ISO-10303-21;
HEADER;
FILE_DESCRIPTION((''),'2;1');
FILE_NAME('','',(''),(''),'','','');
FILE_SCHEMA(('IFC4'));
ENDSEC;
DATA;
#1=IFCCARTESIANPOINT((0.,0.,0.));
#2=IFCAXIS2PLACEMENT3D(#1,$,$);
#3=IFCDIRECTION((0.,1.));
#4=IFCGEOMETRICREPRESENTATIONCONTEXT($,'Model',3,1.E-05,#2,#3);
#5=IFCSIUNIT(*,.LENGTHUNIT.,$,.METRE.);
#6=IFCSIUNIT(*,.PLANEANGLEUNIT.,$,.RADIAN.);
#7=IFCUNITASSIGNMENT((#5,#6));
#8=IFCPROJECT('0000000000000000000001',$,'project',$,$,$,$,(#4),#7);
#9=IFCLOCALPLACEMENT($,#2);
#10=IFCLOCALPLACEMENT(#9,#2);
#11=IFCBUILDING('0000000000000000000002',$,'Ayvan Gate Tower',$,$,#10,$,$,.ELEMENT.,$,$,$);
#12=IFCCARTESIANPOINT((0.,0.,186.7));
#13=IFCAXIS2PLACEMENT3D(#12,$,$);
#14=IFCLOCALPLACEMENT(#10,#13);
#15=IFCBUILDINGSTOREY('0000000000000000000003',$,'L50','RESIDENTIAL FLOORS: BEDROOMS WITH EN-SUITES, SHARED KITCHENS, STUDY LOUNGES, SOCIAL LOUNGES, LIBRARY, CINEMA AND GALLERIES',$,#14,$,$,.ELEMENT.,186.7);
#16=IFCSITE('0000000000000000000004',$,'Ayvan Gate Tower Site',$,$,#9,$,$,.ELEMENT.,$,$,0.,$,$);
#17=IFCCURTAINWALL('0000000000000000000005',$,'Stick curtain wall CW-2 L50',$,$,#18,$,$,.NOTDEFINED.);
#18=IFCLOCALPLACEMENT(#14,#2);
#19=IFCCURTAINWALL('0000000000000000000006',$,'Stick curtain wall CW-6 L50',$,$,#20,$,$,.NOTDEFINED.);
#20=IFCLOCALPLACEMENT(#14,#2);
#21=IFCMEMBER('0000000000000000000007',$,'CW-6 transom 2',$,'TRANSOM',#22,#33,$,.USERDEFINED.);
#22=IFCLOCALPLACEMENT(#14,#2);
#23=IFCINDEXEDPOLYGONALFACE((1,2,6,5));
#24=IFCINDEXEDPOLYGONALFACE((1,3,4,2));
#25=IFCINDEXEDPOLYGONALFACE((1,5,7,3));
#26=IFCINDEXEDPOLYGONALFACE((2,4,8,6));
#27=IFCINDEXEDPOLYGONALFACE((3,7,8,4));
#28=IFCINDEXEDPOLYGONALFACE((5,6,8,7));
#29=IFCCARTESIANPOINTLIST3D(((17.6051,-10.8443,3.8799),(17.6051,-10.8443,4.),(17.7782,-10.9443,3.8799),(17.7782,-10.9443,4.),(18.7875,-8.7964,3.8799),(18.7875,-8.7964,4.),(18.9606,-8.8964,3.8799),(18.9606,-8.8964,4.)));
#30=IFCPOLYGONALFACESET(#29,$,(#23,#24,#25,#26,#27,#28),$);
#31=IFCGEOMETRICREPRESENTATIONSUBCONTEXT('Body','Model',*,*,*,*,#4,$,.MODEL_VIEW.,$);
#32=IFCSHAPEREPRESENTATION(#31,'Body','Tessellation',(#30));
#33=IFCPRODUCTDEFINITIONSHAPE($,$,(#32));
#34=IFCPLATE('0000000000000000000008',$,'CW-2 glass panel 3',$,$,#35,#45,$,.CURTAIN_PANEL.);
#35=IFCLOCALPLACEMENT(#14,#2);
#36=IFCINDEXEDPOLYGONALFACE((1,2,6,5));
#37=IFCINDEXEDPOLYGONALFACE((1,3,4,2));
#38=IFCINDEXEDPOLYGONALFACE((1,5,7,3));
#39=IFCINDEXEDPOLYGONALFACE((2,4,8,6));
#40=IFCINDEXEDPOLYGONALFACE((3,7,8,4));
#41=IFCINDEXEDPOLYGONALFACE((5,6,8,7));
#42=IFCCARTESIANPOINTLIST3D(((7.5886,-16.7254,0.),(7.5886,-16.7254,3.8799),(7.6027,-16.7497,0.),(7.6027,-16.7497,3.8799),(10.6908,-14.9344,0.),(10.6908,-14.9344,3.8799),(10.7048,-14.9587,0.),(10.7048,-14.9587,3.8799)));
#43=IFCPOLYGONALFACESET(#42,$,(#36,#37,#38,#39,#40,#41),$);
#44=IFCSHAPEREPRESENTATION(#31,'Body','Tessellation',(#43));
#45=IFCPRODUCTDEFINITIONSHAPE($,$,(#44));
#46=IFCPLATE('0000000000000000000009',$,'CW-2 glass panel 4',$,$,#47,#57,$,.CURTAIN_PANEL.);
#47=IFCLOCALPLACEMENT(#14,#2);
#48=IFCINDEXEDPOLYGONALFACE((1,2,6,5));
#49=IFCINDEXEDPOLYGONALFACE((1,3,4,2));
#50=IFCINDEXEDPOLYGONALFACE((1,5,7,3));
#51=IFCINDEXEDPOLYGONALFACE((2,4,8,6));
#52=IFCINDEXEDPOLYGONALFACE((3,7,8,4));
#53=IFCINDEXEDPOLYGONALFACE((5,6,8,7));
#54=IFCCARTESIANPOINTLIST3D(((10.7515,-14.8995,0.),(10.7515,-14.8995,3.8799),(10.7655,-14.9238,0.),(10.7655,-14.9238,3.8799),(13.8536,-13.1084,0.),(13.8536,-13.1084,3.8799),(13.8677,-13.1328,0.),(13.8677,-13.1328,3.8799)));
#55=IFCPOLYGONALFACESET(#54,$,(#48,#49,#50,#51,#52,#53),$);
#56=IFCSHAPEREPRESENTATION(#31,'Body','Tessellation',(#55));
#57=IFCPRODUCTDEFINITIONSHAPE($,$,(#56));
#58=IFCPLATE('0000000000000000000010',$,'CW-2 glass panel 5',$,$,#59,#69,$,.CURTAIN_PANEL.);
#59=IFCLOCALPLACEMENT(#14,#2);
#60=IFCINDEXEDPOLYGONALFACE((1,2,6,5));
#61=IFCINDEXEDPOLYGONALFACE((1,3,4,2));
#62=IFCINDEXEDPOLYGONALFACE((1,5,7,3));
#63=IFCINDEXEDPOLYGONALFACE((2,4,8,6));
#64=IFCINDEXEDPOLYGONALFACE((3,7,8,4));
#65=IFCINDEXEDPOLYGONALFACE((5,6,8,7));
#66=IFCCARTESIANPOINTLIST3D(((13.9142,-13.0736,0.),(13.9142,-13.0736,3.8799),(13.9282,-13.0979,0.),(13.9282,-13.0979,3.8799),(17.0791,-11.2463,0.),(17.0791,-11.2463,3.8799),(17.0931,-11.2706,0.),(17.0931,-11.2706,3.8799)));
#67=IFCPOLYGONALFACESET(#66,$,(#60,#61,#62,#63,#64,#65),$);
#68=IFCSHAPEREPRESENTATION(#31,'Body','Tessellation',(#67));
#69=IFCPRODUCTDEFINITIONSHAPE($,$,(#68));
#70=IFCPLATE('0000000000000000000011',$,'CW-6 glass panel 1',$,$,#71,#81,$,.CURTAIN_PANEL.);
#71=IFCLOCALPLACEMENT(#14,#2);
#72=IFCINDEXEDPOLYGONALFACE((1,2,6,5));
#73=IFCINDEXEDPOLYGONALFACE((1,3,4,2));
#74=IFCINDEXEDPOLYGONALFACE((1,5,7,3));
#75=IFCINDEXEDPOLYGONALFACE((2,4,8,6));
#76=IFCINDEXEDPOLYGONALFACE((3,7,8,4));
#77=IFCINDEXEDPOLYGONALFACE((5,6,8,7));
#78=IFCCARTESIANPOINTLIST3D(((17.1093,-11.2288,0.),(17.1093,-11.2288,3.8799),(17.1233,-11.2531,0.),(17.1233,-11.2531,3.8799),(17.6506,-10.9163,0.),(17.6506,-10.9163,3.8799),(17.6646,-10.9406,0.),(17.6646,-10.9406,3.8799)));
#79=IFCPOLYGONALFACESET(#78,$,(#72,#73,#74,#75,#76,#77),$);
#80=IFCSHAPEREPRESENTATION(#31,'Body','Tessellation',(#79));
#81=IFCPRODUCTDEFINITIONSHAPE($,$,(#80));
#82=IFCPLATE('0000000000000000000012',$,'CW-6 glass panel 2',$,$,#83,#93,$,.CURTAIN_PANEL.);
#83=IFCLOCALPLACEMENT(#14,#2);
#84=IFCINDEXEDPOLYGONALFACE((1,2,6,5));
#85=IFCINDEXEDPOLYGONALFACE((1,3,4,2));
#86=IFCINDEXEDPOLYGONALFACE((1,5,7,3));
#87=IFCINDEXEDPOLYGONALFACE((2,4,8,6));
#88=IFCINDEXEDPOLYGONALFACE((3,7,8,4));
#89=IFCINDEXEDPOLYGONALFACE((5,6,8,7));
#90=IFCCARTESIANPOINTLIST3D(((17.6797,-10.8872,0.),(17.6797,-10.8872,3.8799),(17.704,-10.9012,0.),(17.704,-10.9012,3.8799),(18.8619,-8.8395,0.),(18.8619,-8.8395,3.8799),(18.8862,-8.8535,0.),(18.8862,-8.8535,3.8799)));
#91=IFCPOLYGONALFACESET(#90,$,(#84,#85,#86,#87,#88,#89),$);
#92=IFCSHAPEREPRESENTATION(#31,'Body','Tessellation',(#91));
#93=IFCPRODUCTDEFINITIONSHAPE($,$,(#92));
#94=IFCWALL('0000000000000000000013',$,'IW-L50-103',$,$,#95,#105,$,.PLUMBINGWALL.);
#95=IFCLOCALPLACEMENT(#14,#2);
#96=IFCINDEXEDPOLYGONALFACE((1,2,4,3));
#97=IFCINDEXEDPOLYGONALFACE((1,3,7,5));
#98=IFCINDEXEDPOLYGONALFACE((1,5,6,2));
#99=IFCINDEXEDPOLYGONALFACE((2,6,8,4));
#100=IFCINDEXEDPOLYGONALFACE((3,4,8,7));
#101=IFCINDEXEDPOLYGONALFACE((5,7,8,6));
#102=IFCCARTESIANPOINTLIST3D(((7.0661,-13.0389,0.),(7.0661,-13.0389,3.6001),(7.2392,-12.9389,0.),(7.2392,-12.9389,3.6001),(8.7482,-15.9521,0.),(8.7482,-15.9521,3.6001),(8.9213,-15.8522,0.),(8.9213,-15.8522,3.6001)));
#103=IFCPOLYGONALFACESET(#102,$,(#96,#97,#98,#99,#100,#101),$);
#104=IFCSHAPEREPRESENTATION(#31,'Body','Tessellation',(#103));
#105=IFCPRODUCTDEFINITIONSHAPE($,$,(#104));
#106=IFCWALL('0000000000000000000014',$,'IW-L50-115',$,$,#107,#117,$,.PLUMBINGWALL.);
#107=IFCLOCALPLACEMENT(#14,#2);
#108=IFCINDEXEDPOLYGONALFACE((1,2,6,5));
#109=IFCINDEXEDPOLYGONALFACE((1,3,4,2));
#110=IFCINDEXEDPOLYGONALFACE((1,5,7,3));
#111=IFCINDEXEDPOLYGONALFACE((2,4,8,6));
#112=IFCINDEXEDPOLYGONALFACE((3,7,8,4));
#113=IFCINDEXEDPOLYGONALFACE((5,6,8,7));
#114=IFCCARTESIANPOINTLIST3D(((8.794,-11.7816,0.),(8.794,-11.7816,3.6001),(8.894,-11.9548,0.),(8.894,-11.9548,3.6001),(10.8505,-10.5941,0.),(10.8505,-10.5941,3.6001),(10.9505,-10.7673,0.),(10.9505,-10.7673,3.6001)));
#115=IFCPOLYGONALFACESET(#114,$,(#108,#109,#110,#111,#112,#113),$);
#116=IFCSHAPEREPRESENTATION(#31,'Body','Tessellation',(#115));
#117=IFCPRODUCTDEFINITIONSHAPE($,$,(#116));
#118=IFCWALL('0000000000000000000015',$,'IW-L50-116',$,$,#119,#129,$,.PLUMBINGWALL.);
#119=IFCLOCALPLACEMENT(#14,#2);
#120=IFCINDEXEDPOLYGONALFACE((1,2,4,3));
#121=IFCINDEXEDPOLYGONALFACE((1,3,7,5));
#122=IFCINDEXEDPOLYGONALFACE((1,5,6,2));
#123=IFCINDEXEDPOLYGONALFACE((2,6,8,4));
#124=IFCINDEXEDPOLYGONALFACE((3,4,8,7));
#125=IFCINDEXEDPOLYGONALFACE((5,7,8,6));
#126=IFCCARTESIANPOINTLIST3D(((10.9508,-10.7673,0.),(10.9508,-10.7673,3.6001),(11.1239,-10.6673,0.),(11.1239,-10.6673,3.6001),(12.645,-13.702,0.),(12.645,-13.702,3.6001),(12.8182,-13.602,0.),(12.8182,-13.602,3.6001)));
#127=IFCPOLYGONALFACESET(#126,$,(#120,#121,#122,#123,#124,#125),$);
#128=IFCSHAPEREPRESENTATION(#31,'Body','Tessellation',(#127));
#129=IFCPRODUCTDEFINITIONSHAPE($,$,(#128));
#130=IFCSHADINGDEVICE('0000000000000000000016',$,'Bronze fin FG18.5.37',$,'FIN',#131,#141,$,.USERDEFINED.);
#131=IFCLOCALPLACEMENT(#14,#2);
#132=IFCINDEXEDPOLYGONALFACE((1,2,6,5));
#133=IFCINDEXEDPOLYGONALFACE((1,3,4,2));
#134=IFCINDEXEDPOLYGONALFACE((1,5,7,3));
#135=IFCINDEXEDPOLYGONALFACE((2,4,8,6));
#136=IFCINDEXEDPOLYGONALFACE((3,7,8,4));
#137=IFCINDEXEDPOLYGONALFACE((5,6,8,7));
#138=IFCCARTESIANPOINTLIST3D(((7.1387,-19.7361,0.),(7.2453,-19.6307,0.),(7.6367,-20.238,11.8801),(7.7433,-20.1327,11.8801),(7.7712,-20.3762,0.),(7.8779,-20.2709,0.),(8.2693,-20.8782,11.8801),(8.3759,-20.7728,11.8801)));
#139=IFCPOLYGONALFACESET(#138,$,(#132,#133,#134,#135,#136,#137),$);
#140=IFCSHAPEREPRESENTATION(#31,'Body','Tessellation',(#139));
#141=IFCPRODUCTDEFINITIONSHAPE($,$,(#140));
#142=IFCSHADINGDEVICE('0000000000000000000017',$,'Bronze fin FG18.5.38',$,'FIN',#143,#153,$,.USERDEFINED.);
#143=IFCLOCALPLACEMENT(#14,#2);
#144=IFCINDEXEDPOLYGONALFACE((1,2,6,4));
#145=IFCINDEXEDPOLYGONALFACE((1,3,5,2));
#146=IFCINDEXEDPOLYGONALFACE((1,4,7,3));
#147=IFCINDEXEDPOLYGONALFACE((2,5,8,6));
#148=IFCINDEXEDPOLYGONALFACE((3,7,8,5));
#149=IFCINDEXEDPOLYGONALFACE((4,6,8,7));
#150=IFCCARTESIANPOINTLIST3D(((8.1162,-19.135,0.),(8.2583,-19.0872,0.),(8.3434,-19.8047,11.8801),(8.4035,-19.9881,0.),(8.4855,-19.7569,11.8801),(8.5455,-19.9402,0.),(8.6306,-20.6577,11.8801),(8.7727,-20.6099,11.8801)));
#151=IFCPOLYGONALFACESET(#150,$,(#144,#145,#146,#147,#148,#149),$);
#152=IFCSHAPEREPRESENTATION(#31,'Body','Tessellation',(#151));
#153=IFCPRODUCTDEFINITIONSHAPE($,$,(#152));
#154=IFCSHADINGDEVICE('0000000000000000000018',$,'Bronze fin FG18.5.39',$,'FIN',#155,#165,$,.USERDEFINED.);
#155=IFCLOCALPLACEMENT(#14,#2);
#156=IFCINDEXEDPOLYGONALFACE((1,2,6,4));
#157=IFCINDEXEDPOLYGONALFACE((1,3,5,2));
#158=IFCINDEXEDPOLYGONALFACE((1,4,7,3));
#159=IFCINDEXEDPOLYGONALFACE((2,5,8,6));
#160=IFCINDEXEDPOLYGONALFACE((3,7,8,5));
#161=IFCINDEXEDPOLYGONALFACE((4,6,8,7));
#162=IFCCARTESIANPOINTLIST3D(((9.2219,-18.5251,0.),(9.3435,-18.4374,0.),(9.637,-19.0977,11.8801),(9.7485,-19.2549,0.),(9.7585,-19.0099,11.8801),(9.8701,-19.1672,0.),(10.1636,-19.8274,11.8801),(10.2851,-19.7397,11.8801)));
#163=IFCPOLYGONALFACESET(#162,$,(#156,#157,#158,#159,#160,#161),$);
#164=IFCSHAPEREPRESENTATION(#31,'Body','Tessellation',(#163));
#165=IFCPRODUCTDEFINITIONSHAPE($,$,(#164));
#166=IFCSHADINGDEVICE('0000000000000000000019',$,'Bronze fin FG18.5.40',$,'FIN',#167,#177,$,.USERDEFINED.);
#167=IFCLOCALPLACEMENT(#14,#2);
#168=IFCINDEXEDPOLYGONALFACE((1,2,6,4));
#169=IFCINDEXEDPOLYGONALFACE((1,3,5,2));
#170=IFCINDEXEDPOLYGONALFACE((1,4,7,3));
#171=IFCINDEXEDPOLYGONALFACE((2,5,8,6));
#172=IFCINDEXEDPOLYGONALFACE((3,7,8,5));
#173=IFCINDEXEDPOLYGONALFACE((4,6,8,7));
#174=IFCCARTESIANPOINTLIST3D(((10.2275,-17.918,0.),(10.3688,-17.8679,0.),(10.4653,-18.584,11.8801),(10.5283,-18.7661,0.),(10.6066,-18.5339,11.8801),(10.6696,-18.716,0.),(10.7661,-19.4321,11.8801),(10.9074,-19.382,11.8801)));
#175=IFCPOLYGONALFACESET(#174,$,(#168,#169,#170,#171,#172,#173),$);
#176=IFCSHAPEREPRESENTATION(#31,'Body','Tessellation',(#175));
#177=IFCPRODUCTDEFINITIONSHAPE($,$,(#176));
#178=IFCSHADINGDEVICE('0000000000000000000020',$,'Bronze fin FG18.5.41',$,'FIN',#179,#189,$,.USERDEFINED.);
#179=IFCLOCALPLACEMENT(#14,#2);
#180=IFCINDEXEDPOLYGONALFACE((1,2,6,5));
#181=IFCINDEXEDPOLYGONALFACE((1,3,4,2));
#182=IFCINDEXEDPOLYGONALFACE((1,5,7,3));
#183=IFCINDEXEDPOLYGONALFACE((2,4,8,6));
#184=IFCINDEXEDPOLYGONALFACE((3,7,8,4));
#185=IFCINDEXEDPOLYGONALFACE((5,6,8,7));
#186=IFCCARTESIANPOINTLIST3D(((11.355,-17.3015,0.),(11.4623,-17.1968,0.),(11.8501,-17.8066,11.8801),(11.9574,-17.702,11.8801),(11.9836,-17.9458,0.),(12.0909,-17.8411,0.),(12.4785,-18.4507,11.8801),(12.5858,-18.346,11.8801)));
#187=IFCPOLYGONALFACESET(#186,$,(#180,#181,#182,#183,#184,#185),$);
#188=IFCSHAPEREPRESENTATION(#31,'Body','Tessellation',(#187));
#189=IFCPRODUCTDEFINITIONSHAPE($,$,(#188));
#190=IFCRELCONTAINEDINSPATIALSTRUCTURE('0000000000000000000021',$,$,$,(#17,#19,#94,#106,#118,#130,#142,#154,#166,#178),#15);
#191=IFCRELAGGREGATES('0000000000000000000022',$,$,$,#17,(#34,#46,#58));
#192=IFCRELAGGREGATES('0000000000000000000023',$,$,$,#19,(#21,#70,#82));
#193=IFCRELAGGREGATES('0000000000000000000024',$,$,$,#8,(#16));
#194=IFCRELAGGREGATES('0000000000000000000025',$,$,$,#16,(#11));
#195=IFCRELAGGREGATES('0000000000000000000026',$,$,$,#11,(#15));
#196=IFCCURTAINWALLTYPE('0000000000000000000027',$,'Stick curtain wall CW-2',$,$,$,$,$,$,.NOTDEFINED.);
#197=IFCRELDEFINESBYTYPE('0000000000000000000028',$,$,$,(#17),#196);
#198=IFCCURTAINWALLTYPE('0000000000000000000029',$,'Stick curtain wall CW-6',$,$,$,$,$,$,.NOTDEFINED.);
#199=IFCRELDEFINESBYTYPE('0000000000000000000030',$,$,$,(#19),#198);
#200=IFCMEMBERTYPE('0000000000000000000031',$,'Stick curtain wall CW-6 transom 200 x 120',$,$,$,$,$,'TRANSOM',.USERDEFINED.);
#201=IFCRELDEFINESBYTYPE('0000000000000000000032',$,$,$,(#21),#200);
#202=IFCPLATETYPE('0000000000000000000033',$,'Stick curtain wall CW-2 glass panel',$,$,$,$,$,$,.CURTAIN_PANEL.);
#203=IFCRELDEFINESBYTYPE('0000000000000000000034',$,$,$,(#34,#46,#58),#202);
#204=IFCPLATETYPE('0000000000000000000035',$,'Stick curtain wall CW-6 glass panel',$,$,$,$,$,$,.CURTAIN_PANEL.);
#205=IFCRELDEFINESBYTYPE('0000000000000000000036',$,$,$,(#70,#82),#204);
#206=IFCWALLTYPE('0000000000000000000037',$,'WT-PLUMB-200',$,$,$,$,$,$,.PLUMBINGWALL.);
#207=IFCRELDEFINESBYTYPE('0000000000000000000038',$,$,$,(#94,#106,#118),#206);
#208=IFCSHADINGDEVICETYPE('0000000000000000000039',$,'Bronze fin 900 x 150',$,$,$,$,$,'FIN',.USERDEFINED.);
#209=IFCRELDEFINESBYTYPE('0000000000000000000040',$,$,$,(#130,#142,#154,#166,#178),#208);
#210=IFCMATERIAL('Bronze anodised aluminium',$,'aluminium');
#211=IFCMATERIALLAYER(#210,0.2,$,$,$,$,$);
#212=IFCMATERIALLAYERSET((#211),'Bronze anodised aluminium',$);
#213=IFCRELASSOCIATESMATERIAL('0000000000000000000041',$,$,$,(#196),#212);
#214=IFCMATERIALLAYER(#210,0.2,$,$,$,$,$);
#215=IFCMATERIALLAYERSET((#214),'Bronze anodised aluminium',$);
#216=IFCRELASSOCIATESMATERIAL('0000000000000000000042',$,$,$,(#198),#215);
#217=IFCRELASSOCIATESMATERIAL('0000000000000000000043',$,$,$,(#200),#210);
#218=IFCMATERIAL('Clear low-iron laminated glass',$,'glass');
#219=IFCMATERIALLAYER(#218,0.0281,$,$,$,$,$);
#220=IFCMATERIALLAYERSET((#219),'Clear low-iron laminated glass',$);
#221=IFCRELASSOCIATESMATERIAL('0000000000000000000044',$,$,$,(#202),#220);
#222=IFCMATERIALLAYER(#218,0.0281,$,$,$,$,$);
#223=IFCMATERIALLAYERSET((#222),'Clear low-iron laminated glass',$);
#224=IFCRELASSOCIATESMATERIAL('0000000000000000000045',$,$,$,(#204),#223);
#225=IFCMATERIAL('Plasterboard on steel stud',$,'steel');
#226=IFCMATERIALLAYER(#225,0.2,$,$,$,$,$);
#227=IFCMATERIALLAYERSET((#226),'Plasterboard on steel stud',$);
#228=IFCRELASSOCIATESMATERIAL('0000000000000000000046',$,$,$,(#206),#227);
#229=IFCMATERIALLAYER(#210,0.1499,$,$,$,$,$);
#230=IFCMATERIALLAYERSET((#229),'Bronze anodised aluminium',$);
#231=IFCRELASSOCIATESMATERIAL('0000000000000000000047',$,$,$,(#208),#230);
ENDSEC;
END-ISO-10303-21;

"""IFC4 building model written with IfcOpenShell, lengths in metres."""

from ifc_helpers import new_model, si_unit, direction, frame, frame_2d, origin, origin_2d, place, context, subcontext, project, spatial, polyline, rectangle, outline, extrude, material, layer, layer_set, material_profile, profile_set, type_object, element, aggregate, save


model = new_model("IFC4")

# Units and contexts
model_context = context("Model", 3, precision=1e-05, world=origin(), true_north=direction((0.0, 1.0)))
body_context = subcontext(model_context, "Body", "Model", "MODEL_VIEW")
ifc_project = project(units=[si_unit("LENGTHUNIT", "METRE"), si_unit("PLANEANGLEUNIT", "RADIAN")], contexts=[model_context])

# Site, building, storey
site_placement = place(None, origin())
site = spatial("IfcSite", under=ifc_project, at=site_placement, Name="Ayvan Gate Tower Site", CompositionType="ELEMENT", RefElevation=0.0)
building_placement = place(site_placement, origin())
building = spatial("IfcBuilding", under=site, at=building_placement, Name="Ayvan Gate Tower", CompositionType="ELEMENT")
storey_placement = place(building_placement, frame((0.0, 0.0, 186.7)))
storey = spatial("IfcBuildingStorey", under=building, at=storey_placement, Name="L50", Description="RESIDENTIAL FLOORS: BEDROOMS WITH EN-SUITES, SHARED KITCHENS, STUDY LOUNGES, SOCIAL LOUNGES, LIBRARY, CINEMA AND GALLERIES", CompositionType="ELEMENT", Elevation=186.7)

# Curtain walls, member
ifc_material_1 = material(Name="Bronze anodised aluminium", Category="aluminium")
ifc_layer_1 = layer(ifc_material_1, 0.2)
ifc_layer_set_1 = layer_set([ifc_layer_1], Name="Bronze anodised aluminium")
curtain_wall_type_1 = type_object("IfcCurtainWallType", Name="Stick curtain wall CW-2", PredefinedType="NOTDEFINED", material=ifc_layer_set_1)
curtain_wall_1_placement = place(storey_placement, origin())
curtain_wall_1 = element("IfcCurtainWall", 1, at=curtain_wall_1_placement, inside=storey, type_object=curtain_wall_type_1, Name="Stick curtain wall CW-2 L50", PredefinedType="NOTDEFINED")
ifc_layer_2 = layer(ifc_material_1, 0.2)
ifc_layer_set_2 = layer_set([ifc_layer_2], Name="Bronze anodised aluminium")
curtain_wall_type_2 = type_object("IfcCurtainWallType", Name="Stick curtain wall CW-6", PredefinedType="NOTDEFINED", material=ifc_layer_set_2)
curtain_wall_2_placement = place(storey_placement, origin())
curtain_wall_2 = element("IfcCurtainWall", 2, at=curtain_wall_2_placement, inside=storey, type_object=curtain_wall_type_2, Name="Stick curtain wall CW-6 L50", PredefinedType="NOTDEFINED")
ifc_material_profile_1 = material_profile(ifc_material_1, rectangle(XDim=0.2, YDim=0.1201, at=origin_2d()), Name="Stick curtain wall CW-6 transom 200 x 120")
ifc_profile_set_1 = profile_set([ifc_material_profile_1], Name="Bronze anodised aluminium")
member_type_1 = type_object("IfcMemberType", Name="Stick curtain wall CW-6 transom 200 x 120", ElementType="TRANSOM", PredefinedType="USERDEFINED", material=ifc_profile_set_1)
member_1_placement = place(storey_placement, frame((17.6917, -10.8943, 3.9399), z_axis=(0.500014, 0.866017, 0.0), x_axis=(-0.866017, 0.500014, 0.0)))
member_1 = element("IfcMember", 3, at=member_1_placement, type_object=member_type_1, Name="CW-6 transom 2", ObjectType="TRANSOM", PredefinedType="USERDEFINED", context=body_context, shape_type="SweptSolid", body=[
    extrude(rectangle(XDim=0.2, YDim=0.1201, at=origin_2d()), origin(), (0.0, 0.0, 1.0), 2.3647),
])

# Plates
ifc_material_2 = material(Name="Clear low-iron laminated glass", Category="glass")
ifc_layer_3 = layer(ifc_material_2, 0.0281)
ifc_layer_set_3 = layer_set([ifc_layer_3], Name="Clear low-iron laminated glass")
plate_type_1 = type_object("IfcPlateType", Name="Stick curtain wall CW-2 glass panel", PredefinedType="CURTAIN_PANEL", material=ifc_layer_set_3)
plate_1_placement = place(storey_placement, frame((9.1467, -15.842, 0.0), z_axis=(0.0, 0.0, 1.0), x_axis=(0.866025, 0.5, 0.0)))
plate_1 = element("IfcPlate", 4, at=plate_1_placement, type_object=plate_type_1, Name="CW-2 glass panel 3", PredefinedType="CURTAIN_PANEL", context=body_context, shape_type="SweptSolid", body=[
    extrude(rectangle(XDim=3.582, YDim=0.0281, at=origin_2d()), origin(), (0.0, 0.0, 1.0), 3.8799),
])
plate_2_placement = place(storey_placement, frame((12.3096, -14.0161, 0.0), z_axis=(0.0, 0.0, 1.0), x_axis=(0.866025, 0.5, 0.0)))
plate_2 = element("IfcPlate", 5, at=plate_2_placement, type_object=plate_type_1, Name="CW-2 glass panel 4", PredefinedType="CURTAIN_PANEL", context=body_context, shape_type="SweptSolid", body=[
    extrude(rectangle(XDim=3.582, YDim=0.0281, at=origin_2d()), origin(), (0.0, 0.0, 1.0), 3.8799),
])
plate_3_placement = place(storey_placement, frame((15.5037, -12.1721, 0.0), z_axis=(0.0, 0.0, 1.0), x_axis=(0.866025, 0.5, 0.0)))
plate_3 = element("IfcPlate", 6, at=plate_3_placement, type_object=plate_type_1, Name="CW-2 glass panel 5", PredefinedType="CURTAIN_PANEL", context=body_context, shape_type="SweptSolid", body=[
    extrude(rectangle(XDim=3.6545, YDim=0.0281, at=origin_2d()), origin(), (0.0, 0.0, 1.0), 3.8799),
])
aggregate(curtain_wall_1, [plate_1, plate_2, plate_3])
ifc_layer_4 = layer(ifc_material_2, 0.0281)
ifc_layer_set_4 = layer_set([ifc_layer_4], Name="Clear low-iron laminated glass")
plate_type_2 = type_object("IfcPlateType", Name="Stick curtain wall CW-6 glass panel", PredefinedType="CURTAIN_PANEL", material=ifc_layer_set_4)
plate_4_placement = place(storey_placement, frame((17.387, -11.0847, 0.0), z_axis=(0.0, 0.0, 1.0), x_axis=(0.866025, 0.5, 0.0)))
plate_4 = element("IfcPlate", 7, at=plate_4_placement, type_object=plate_type_2, Name="CW-6 glass panel 1", PredefinedType="CURTAIN_PANEL", context=body_context, shape_type="SweptSolid", body=[
    extrude(rectangle(XDim=0.625, YDim=0.0281, at=origin_2d()), origin(), (0.0, 0.0, 1.0), 3.8799),
])
plate_5_placement = place(storey_placement, frame((18.283, -9.8704, 0.0), z_axis=(0.0, 0.0, 1.0), x_axis=(0.5, 0.866025, 0.0)))
plate_5 = element("IfcPlate", 8, at=plate_5_placement, type_object=plate_type_2, Name="CW-6 glass panel 2", PredefinedType="CURTAIN_PANEL", context=body_context, shape_type="SweptSolid", body=[
    extrude(rectangle(XDim=2.3645, YDim=0.0281, at=origin_2d()), origin(), (0.0, 0.0, 1.0), 3.8799),
])
aggregate(curtain_wall_2, [member_1, plate_4, plate_5])

# Walls
ifc_material_3 = material(Name="Plasterboard on steel stud", Category="steel")
ifc_layer_5 = layer(ifc_material_3, 0.2)
ifc_layer_set_5 = layer_set([ifc_layer_5], Name="Plasterboard on steel stud")
wall_type = type_object("IfcWallType", Name="WT-PLUMB-200", PredefinedType="PLUMBINGWALL", material=ifc_layer_set_5)
wall_1_placement = place(storey_placement, frame((7.1526, -12.9888, 0.0), z_axis=(0.0, 0.0, 1.0), x_axis=(0.500026, -0.86601, 0.0)))
element("IfcWall", 9, at=wall_1_placement, inside=storey, type_object=wall_type, Name="IW-L50-103", PredefinedType="PLUMBINGWALL", context=body_context, shape_type="SweptSolid", body=[
    extrude(rectangle(XDim=3.364, YDim=0.2, at=frame_2d((1.6821, 0.0))), origin(), (0.0, 0.0, 1.0), 3.6001),
])
wall_2_placement = place(storey_placement, frame((10.9006, -10.6807, 0.0), z_axis=(0.0, 0.0, 1.0), x_axis=(-0.866008, -0.500031, 0.0)))
element("IfcWall", 10, at=wall_2_placement, inside=storey, type_object=wall_type, Name="IW-L50-115", PredefinedType="PLUMBINGWALL", context=body_context, shape_type="SweptSolid", body=[
    extrude(rectangle(XDim=2.3748, YDim=0.2, at=frame_2d((1.1875, 0.0))), origin(), (0.0, 0.0, 1.0), 3.6001),
])
wall_3_placement = place(storey_placement, frame((11.0374, -10.7173, 0.0), z_axis=(0.0, 0.0, 1.0), x_axis=(0.499982, -0.866036, 0.0)))
element("IfcWall", 11, at=wall_3_placement, inside=storey, type_object=wall_type, Name="IW-L50-116", PredefinedType="PLUMBINGWALL", context=body_context, shape_type="SweptSolid", body=[
    extrude(rectangle(XDim=3.3887, YDim=0.2, at=frame_2d((1.6943, 0.0))), origin(), (0.0, 0.0, 1.0), 3.6001),
])

# Shading devices
ifc_layer_6 = layer(ifc_material_1, 0.1499)
ifc_layer_set_6 = layer_set([ifc_layer_6], Name="Bronze anodised aluminium")
shading_device_type = type_object("IfcShadingDeviceType", Name="Bronze fin 900 x 150", ElementType="FIN", PredefinedType="USERDEFINED", material=ifc_layer_set_6)
shading_device_1_placement = place(storey_placement, frame((7.1387, -19.7361, 0.0), z_axis=(-0.711299, -0.702889, 0.000121), x_axis=(0.702889, -0.711299, 0.0)))
element("IfcShadingDevice", 12, at=shading_device_1_placement, inside=storey, type_object=shading_device_type, Name="Bronze fin FG18.5.37", ObjectType="FIN", PredefinedType="USERDEFINED", context=body_context, shape_type="SweptSolid", body=[
    extrude(outline(polyline([(0.0, 0.0), (0.9, 0.0), (1.6071, 11.8801), (0.7071, 11.8801), (0.0, 0.0)])), origin(), (0.0, 0.0, -1.0), 0.1499),
])
shading_device_2_placement = place(storey_placement, frame((8.1162, -19.135, 0.0), z_axis=(-0.947716, -0.319115, 0.000134), x_axis=(0.319115, -0.947716, 0.0)))
element("IfcShadingDevice", 13, at=shading_device_2_placement, inside=storey, type_object=shading_device_type, Name="Bronze fin FG18.5.38", ObjectType="FIN", PredefinedType="USERDEFINED", context=body_context, shape_type="SweptSolid", body=[
    extrude(outline(polyline([(0.0, 0.0), (0.9001, 0.0), (1.6072, 11.8801), (0.7072, 11.8801), (0.0, 0.0)])), origin(), (0.0, 0.0, -1.0), 0.1499),
])
shading_device_3_placement = place(storey_placement, frame((9.2219, -18.5251, 0.0), z_axis=(-0.810901, -0.585183, 0.000129), x_axis=(0.585183, -0.810901, 0.0)))
element("IfcShadingDevice", 14, at=shading_device_3_placement, inside=storey, type_object=shading_device_type, Name="Bronze fin FG18.5.39", ObjectType="FIN", PredefinedType="USERDEFINED", context=body_context, shape_type="SweptSolid", body=[
    extrude(outline(polyline([(0.0, 0.0), (0.8999, 0.0), (1.607, 11.8801), (0.7071, 11.8801), (0.0, 0.0)])), origin(), (0.0, 0.0, -1.0), 0.1499),
])
shading_device_4_placement = place(storey_placement, frame((10.2275, -17.918, 0.0), z_axis=(-0.942488, -0.334239, 0.000127), x_axis=(0.334239, -0.942488, 0.0)))
element("IfcShadingDevice", 15, at=shading_device_4_placement, inside=storey, type_object=shading_device_type, Name="Bronze fin FG18.5.40", ObjectType="FIN", PredefinedType="USERDEFINED", context=body_context, shape_type="SweptSolid", body=[
    extrude(outline(polyline([(0.0, 0.0), (0.8999, 0.0), (1.6071, 11.8801), (0.7072, 11.8801), (0.0, 0.0)])), origin(), (0.0, 0.0, -1.0), 0.1499),
])
shading_device_5_placement = place(storey_placement, frame((11.355, -17.3015, 0.0), z_axis=(-0.715734, -0.698373, 0.000135), x_axis=(0.698373, -0.715734, 0.0)))
element("IfcShadingDevice", 16, at=shading_device_5_placement, inside=storey, type_object=shading_device_type, Name="Bronze fin FG18.5.41", ObjectType="FIN", PredefinedType="USERDEFINED", context=body_context, shape_type="SweptSolid", body=[
    extrude(outline(polyline([(0.0, 0.0), (0.9002, 0.0), (1.6071, 11.8801), (0.7073, 11.8801), (0.0, 0.0)])), origin(), (0.0, 0.0, -1.0), 0.1499),
])

save(model, "model.ifc")
